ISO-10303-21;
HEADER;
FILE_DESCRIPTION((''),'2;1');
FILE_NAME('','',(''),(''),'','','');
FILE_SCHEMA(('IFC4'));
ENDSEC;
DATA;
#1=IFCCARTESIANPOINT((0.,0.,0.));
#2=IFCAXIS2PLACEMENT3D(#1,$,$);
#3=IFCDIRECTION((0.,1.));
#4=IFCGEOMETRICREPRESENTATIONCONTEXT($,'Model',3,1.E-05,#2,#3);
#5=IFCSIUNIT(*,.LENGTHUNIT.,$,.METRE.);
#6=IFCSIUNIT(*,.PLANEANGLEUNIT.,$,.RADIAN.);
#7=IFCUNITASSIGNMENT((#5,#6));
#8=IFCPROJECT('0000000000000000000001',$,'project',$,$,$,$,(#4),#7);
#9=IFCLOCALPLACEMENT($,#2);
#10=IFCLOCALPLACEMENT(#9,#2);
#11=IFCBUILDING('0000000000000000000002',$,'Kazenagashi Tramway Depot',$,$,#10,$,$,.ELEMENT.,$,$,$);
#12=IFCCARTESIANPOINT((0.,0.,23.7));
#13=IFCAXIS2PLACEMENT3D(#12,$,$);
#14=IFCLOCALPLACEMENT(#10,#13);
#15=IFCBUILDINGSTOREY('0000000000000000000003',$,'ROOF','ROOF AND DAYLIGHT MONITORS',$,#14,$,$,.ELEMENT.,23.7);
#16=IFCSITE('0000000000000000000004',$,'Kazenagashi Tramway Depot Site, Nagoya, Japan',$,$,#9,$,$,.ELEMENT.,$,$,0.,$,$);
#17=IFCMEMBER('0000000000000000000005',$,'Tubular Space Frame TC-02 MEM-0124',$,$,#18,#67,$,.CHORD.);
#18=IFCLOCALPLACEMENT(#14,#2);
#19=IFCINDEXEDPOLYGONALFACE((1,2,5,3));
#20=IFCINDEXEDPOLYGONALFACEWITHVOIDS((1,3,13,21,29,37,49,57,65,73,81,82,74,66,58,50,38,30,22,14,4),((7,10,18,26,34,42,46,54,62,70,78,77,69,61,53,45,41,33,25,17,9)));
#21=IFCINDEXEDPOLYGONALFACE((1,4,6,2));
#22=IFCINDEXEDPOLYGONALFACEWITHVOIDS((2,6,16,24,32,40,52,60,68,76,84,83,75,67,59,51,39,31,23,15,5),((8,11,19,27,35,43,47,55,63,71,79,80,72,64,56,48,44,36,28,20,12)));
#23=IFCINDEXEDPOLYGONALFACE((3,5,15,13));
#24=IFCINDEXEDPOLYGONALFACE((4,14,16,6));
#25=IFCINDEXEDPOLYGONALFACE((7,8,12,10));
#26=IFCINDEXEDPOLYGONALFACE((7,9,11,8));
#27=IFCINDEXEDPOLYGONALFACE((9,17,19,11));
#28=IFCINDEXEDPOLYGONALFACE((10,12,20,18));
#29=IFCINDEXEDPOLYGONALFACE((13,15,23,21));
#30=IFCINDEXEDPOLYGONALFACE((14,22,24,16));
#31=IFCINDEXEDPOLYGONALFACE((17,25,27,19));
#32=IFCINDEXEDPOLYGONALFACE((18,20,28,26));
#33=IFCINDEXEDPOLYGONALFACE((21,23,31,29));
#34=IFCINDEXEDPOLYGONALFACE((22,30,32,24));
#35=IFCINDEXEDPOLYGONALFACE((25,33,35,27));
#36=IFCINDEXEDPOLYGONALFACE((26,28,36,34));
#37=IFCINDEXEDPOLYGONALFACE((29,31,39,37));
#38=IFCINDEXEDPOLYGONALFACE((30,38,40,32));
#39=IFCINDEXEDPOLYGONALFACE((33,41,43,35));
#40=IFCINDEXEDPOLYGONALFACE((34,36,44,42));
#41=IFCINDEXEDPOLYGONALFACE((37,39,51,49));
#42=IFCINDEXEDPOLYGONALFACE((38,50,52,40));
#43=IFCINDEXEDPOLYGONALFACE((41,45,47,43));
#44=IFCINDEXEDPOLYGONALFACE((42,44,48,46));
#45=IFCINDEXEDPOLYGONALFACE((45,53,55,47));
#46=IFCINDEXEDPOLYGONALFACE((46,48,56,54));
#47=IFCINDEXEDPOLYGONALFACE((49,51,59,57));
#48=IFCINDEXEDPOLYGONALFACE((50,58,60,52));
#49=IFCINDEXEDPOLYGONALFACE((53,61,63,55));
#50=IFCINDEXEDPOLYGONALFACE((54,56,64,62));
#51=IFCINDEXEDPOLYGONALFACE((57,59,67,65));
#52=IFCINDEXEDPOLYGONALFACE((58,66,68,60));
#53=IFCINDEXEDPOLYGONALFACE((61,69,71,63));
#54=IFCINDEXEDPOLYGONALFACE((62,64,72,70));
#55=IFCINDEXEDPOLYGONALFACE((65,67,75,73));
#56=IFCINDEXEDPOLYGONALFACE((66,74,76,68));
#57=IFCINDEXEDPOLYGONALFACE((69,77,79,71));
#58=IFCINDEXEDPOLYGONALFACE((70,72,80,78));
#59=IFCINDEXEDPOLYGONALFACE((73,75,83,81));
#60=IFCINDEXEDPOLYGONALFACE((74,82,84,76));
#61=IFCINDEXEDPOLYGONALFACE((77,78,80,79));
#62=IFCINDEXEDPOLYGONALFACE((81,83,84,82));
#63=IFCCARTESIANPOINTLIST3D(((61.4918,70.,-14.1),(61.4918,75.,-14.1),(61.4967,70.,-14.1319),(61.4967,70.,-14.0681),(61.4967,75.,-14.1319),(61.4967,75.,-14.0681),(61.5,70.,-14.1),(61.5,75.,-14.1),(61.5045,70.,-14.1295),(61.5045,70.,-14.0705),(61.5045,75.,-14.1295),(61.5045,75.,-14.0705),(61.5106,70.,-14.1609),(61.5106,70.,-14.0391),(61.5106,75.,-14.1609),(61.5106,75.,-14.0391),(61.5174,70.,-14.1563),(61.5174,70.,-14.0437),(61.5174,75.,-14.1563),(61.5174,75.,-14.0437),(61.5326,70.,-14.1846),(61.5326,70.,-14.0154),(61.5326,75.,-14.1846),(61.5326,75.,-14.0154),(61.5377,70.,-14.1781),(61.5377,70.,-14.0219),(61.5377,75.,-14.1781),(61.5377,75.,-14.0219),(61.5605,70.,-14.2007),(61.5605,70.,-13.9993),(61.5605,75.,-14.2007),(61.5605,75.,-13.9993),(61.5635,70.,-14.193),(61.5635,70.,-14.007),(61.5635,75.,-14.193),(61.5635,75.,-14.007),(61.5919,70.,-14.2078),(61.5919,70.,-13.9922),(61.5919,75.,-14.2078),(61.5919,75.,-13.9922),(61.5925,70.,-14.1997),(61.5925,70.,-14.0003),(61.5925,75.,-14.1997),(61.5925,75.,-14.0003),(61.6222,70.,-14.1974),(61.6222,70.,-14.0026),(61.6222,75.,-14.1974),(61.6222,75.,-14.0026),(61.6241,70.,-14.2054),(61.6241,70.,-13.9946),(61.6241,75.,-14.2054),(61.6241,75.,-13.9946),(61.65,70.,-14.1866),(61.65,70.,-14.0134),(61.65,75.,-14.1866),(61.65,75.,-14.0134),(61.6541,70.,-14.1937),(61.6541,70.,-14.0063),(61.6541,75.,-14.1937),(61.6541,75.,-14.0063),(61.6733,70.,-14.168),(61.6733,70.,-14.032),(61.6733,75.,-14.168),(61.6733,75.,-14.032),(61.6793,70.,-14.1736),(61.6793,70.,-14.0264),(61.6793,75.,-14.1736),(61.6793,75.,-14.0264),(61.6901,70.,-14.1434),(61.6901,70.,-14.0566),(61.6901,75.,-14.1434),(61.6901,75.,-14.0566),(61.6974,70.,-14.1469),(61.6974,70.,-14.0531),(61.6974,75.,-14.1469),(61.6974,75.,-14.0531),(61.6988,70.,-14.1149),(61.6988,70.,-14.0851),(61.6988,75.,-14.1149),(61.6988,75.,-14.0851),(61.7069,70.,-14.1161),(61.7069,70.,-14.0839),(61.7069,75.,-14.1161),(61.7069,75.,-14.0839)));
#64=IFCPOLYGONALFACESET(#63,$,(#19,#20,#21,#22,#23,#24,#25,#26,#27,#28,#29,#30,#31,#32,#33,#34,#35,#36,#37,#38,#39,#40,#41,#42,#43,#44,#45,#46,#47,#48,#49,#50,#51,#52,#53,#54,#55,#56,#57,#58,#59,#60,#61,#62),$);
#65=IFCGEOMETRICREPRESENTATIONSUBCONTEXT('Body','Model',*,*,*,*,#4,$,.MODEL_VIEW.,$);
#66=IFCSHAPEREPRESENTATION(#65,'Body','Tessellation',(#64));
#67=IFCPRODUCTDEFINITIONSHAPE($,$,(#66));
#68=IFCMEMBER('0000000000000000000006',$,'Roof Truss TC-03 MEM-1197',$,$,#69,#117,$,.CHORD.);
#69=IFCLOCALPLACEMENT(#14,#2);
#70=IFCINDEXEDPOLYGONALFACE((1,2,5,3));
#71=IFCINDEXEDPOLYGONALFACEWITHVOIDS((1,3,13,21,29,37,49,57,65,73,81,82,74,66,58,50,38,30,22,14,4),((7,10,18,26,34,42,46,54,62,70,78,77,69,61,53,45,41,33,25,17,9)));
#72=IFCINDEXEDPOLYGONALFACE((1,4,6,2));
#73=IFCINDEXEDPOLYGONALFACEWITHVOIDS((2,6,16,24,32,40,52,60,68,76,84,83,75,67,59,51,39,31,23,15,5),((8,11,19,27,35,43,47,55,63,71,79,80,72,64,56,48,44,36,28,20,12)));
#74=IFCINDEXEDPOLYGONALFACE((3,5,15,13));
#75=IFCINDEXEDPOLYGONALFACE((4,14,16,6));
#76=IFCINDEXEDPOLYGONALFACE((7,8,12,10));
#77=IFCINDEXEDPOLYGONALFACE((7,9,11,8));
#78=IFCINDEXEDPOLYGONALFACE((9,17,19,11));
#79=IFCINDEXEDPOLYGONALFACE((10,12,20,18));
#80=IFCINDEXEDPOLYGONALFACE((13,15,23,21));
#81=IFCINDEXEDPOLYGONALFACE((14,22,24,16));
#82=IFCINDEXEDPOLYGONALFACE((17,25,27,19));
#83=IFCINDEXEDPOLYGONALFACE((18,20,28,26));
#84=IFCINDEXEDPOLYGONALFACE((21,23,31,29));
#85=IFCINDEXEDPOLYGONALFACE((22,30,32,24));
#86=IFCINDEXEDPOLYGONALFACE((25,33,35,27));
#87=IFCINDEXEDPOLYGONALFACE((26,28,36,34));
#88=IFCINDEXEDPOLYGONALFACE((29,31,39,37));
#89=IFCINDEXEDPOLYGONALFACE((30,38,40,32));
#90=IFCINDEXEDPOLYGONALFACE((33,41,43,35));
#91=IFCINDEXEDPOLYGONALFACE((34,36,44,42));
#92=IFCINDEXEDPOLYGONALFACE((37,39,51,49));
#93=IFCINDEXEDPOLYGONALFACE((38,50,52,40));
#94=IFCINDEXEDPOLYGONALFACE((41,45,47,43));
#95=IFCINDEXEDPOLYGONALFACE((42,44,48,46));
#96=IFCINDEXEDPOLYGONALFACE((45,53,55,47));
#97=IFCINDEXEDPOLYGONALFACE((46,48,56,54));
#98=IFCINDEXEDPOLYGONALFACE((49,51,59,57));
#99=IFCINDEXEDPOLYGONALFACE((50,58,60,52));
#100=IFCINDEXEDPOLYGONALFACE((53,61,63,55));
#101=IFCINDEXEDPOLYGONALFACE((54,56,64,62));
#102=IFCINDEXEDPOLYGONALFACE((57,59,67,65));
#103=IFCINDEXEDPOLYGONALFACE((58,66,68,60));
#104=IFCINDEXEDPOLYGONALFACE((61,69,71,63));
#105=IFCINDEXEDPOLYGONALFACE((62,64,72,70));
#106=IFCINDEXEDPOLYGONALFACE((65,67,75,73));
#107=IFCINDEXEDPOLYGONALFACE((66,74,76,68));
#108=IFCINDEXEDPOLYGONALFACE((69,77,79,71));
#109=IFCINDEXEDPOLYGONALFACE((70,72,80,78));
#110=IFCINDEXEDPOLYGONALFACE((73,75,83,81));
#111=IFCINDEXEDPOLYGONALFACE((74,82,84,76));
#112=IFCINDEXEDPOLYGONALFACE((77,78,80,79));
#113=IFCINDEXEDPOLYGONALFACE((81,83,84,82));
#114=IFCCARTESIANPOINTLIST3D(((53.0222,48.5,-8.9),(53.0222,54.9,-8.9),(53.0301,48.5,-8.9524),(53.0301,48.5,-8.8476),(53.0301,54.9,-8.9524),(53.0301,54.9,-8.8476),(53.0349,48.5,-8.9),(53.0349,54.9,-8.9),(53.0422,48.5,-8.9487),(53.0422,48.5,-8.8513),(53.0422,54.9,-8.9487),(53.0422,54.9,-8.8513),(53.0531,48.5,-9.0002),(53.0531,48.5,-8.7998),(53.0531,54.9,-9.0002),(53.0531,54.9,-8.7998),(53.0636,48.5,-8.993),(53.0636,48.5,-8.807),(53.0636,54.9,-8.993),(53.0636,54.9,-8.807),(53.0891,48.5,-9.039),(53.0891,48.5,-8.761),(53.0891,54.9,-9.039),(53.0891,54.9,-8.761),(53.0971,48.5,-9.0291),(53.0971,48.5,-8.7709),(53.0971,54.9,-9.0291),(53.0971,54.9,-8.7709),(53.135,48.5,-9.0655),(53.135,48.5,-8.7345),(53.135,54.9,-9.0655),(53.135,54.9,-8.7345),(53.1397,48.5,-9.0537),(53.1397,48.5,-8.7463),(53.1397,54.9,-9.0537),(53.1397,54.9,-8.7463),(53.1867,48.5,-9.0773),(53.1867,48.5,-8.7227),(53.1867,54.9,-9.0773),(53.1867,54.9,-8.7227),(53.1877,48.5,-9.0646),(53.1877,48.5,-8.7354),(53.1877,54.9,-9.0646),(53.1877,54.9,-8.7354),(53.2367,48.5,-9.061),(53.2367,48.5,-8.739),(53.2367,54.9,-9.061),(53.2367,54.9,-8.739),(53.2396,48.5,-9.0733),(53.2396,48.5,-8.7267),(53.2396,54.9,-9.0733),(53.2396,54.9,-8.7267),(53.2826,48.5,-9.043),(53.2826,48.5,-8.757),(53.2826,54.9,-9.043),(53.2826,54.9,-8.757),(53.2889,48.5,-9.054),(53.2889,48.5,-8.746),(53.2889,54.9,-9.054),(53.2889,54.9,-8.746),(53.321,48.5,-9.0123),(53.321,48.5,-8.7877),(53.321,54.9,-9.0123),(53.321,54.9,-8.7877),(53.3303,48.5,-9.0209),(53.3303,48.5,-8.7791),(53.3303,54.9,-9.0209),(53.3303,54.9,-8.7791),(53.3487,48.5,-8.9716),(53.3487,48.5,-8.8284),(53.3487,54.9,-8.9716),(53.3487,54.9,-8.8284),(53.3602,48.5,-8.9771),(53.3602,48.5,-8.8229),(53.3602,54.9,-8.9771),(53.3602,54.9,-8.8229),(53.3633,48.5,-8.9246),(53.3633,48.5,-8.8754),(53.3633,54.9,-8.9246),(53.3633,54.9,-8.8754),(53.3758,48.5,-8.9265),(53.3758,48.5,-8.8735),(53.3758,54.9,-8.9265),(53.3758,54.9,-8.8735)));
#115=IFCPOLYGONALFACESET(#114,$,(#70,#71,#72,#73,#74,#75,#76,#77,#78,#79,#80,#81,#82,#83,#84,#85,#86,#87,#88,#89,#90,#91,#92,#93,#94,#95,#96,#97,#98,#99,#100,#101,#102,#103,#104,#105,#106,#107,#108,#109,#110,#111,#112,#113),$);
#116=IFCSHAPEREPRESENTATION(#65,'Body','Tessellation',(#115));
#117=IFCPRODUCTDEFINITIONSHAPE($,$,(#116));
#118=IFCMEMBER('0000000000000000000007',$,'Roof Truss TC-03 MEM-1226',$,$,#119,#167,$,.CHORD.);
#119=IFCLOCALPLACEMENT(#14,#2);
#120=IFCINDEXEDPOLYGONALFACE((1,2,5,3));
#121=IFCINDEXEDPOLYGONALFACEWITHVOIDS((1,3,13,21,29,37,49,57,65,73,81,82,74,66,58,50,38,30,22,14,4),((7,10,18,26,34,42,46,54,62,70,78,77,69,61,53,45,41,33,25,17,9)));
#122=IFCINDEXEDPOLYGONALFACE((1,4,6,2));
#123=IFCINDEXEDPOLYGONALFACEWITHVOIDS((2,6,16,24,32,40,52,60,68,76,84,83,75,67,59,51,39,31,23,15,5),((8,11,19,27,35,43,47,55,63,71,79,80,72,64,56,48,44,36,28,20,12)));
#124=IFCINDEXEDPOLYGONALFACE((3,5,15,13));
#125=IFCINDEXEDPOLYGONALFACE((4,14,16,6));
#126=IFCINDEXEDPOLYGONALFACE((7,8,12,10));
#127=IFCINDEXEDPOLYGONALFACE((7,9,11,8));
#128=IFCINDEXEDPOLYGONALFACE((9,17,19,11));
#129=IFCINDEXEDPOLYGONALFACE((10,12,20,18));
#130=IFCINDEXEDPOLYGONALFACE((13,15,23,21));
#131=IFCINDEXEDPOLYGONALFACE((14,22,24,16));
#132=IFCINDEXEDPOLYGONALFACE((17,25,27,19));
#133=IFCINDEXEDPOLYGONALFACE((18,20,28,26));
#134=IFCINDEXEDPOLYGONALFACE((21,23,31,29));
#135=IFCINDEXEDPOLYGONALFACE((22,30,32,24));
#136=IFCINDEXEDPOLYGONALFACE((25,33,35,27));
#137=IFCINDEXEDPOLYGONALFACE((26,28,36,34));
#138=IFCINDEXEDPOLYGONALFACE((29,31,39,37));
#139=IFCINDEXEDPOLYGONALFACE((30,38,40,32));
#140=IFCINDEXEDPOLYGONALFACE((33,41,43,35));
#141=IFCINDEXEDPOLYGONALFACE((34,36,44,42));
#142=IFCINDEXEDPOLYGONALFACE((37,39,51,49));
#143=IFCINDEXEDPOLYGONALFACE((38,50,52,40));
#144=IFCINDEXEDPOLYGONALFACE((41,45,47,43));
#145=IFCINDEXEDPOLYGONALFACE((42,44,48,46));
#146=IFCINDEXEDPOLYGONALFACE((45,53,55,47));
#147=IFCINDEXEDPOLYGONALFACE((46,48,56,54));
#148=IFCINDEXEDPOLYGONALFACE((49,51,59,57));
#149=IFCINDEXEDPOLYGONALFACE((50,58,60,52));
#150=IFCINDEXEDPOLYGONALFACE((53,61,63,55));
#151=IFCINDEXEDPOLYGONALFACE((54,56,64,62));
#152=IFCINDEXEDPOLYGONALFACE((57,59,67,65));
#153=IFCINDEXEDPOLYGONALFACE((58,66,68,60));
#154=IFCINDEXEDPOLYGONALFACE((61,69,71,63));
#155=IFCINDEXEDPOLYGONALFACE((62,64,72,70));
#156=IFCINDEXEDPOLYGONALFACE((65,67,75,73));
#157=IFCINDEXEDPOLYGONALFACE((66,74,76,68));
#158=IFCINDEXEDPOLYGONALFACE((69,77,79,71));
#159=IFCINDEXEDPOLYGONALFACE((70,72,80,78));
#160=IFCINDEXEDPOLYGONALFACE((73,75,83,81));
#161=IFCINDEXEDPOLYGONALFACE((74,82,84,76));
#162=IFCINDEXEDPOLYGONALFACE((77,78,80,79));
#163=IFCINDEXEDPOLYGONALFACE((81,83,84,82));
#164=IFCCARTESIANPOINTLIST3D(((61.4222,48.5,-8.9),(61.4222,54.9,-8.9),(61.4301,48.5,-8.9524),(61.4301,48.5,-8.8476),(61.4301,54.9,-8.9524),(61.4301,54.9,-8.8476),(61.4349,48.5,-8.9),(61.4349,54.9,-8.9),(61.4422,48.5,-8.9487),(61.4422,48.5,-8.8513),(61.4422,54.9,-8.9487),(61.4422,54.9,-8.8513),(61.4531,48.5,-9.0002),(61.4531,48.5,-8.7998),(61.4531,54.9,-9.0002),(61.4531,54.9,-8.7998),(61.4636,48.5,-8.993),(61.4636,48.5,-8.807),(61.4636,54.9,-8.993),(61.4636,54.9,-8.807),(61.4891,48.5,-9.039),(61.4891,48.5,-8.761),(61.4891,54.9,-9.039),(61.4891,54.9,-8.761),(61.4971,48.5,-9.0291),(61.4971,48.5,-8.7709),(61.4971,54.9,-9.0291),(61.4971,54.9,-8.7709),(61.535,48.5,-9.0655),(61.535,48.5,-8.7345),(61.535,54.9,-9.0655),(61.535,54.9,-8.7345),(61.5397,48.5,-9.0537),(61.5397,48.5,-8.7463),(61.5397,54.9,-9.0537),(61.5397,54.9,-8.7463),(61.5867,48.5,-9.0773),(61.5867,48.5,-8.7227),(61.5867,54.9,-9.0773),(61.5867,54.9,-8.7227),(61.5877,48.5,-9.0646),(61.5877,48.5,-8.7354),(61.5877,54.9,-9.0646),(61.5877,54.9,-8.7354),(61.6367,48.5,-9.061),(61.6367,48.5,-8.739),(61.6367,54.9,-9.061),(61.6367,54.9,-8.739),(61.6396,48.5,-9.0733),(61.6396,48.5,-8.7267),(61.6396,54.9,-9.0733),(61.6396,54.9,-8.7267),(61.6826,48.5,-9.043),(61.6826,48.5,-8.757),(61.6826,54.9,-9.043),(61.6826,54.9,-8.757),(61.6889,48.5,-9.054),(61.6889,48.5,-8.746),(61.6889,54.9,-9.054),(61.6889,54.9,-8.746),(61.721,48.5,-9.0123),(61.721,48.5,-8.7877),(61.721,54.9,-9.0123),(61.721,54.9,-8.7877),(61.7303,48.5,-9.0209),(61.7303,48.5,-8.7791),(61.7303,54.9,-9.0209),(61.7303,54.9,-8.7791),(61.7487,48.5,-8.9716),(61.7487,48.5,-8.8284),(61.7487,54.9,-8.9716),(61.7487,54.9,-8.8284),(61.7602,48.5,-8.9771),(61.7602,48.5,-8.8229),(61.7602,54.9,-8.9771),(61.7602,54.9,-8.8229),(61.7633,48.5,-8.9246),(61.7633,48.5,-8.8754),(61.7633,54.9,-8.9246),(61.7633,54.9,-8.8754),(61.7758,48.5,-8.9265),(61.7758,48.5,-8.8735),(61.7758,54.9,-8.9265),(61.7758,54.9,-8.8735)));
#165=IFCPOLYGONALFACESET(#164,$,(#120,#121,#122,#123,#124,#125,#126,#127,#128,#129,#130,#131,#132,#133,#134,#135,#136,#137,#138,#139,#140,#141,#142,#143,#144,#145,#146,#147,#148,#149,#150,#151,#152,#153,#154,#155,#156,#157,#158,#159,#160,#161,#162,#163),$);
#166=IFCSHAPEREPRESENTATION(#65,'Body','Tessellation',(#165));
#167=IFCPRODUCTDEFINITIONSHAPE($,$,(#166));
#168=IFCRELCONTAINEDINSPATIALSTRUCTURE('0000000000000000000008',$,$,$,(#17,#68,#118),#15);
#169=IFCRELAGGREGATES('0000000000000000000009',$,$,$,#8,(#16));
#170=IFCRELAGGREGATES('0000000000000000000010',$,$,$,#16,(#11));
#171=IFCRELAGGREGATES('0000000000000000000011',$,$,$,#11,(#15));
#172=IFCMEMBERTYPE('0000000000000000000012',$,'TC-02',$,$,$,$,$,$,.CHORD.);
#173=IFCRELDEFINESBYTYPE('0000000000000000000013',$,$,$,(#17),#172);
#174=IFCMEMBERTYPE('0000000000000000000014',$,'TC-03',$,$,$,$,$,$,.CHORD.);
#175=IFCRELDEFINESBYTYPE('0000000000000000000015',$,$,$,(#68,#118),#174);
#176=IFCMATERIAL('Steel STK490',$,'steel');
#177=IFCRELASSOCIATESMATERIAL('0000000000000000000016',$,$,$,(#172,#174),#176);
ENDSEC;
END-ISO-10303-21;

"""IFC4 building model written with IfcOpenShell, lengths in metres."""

from ifc_helpers import new_model, si_unit, direction, frame, origin, origin_2d, place, context, subcontext, project, spatial, hollow_circle, extrude, material, material_profile, profile_set, type_object, element, save


model = new_model("IFC4")

# Units and contexts
model_context = context("Model", 3, precision=1e-05, world=origin(), true_north=direction((0.0, 1.0)))
body_context = subcontext(model_context, "Body", "Model", "MODEL_VIEW")
ifc_project = project(units=[si_unit("LENGTHUNIT", "METRE"), si_unit("PLANEANGLEUNIT", "RADIAN")], contexts=[model_context])

# Site, building, storey
site_placement = place(None, origin())
site = spatial("IfcSite", under=ifc_project, at=site_placement, Name="Kazenagashi Tramway Depot Site, Nagoya, Japan", CompositionType="ELEMENT", RefElevation=0.0)
building_placement = place(site_placement, origin())
building = spatial("IfcBuilding", under=site, at=building_placement, Name="Kazenagashi Tramway Depot", CompositionType="ELEMENT")
storey_placement = place(building_placement, frame((0.0, 0.0, 23.7)))
storey = spatial("IfcBuildingStorey", under=building, at=storey_placement, Name="ROOF", Description="ROOF AND DAYLIGHT MONITORS", CompositionType="ELEMENT", Elevation=23.7)

# Members
ifc_material_1 = material(Name="Steel STK490", Category="steel")
ifc_material_profile_1 = material_profile(ifc_material_1, hollow_circle(Radius=0.1081, WallThickness=0.0082, at=origin_2d()), Name="CHS-216.3x8.2")
ifc_profile_set_1 = profile_set([ifc_material_profile_1], Name="Steel STK490")
member_type_1 = type_object("IfcMemberType", Name="TC-02", PredefinedType="CHORD", material=ifc_profile_set_1)
for number, where, z_axis, x_axis, name in (
    (1, (61.6, 70.0, -14.1), (0.0, 1.0, 0.0), (-1.0, 0.0, 0.0), "Tubular Space Frame TC-02 MEM-0124"),
):
    element("IfcMember", number, at=place(storey_placement, frame(where, z_axis=z_axis, x_axis=x_axis)), inside=storey, type_object=member_type_1, Name=name, PredefinedType="CHORD", context=body_context, shape_type="SweptSolid", body=[
        extrude(hollow_circle(Radius=0.1081, WallThickness=0.0082, at=origin_2d()), origin(), (0.0, 0.0, 1.0), 5.0),
    ])
ifc_material_profile_2 = material_profile(ifc_material_1, hollow_circle(Radius=0.1778, WallThickness=0.0127, at=origin_2d()), Name="CHS-355.6x12.7")
ifc_profile_set_2 = profile_set([ifc_material_profile_2], Name="Steel STK490")
member_type_2 = type_object("IfcMemberType", Name="TC-03", PredefinedType="CHORD", material=ifc_profile_set_2)
for number, where, z_axis, x_axis, name in (
    (2, (53.2, 48.5, -8.9), (0.0, 1.0, 0.0), (-1.0, 0.0, 0.0), "Roof Truss TC-03 MEM-1197"),
    (3, (61.6, 48.5, -8.9), (0.0, 1.0, 0.0), (-1.0, 0.0, 0.0), "Roof Truss TC-03 MEM-1226"),
):
    element("IfcMember", number, at=place(storey_placement, frame(where, z_axis=z_axis, x_axis=x_axis)), inside=storey, type_object=member_type_2, Name=name, PredefinedType="CHORD", context=body_context, shape_type="SweptSolid", body=[
        extrude(hollow_circle(Radius=0.1778, WallThickness=0.0127, at=origin_2d()), origin(), (0.0, 0.0, 1.0), 6.4),
    ])

save(model, "model.ifc")
